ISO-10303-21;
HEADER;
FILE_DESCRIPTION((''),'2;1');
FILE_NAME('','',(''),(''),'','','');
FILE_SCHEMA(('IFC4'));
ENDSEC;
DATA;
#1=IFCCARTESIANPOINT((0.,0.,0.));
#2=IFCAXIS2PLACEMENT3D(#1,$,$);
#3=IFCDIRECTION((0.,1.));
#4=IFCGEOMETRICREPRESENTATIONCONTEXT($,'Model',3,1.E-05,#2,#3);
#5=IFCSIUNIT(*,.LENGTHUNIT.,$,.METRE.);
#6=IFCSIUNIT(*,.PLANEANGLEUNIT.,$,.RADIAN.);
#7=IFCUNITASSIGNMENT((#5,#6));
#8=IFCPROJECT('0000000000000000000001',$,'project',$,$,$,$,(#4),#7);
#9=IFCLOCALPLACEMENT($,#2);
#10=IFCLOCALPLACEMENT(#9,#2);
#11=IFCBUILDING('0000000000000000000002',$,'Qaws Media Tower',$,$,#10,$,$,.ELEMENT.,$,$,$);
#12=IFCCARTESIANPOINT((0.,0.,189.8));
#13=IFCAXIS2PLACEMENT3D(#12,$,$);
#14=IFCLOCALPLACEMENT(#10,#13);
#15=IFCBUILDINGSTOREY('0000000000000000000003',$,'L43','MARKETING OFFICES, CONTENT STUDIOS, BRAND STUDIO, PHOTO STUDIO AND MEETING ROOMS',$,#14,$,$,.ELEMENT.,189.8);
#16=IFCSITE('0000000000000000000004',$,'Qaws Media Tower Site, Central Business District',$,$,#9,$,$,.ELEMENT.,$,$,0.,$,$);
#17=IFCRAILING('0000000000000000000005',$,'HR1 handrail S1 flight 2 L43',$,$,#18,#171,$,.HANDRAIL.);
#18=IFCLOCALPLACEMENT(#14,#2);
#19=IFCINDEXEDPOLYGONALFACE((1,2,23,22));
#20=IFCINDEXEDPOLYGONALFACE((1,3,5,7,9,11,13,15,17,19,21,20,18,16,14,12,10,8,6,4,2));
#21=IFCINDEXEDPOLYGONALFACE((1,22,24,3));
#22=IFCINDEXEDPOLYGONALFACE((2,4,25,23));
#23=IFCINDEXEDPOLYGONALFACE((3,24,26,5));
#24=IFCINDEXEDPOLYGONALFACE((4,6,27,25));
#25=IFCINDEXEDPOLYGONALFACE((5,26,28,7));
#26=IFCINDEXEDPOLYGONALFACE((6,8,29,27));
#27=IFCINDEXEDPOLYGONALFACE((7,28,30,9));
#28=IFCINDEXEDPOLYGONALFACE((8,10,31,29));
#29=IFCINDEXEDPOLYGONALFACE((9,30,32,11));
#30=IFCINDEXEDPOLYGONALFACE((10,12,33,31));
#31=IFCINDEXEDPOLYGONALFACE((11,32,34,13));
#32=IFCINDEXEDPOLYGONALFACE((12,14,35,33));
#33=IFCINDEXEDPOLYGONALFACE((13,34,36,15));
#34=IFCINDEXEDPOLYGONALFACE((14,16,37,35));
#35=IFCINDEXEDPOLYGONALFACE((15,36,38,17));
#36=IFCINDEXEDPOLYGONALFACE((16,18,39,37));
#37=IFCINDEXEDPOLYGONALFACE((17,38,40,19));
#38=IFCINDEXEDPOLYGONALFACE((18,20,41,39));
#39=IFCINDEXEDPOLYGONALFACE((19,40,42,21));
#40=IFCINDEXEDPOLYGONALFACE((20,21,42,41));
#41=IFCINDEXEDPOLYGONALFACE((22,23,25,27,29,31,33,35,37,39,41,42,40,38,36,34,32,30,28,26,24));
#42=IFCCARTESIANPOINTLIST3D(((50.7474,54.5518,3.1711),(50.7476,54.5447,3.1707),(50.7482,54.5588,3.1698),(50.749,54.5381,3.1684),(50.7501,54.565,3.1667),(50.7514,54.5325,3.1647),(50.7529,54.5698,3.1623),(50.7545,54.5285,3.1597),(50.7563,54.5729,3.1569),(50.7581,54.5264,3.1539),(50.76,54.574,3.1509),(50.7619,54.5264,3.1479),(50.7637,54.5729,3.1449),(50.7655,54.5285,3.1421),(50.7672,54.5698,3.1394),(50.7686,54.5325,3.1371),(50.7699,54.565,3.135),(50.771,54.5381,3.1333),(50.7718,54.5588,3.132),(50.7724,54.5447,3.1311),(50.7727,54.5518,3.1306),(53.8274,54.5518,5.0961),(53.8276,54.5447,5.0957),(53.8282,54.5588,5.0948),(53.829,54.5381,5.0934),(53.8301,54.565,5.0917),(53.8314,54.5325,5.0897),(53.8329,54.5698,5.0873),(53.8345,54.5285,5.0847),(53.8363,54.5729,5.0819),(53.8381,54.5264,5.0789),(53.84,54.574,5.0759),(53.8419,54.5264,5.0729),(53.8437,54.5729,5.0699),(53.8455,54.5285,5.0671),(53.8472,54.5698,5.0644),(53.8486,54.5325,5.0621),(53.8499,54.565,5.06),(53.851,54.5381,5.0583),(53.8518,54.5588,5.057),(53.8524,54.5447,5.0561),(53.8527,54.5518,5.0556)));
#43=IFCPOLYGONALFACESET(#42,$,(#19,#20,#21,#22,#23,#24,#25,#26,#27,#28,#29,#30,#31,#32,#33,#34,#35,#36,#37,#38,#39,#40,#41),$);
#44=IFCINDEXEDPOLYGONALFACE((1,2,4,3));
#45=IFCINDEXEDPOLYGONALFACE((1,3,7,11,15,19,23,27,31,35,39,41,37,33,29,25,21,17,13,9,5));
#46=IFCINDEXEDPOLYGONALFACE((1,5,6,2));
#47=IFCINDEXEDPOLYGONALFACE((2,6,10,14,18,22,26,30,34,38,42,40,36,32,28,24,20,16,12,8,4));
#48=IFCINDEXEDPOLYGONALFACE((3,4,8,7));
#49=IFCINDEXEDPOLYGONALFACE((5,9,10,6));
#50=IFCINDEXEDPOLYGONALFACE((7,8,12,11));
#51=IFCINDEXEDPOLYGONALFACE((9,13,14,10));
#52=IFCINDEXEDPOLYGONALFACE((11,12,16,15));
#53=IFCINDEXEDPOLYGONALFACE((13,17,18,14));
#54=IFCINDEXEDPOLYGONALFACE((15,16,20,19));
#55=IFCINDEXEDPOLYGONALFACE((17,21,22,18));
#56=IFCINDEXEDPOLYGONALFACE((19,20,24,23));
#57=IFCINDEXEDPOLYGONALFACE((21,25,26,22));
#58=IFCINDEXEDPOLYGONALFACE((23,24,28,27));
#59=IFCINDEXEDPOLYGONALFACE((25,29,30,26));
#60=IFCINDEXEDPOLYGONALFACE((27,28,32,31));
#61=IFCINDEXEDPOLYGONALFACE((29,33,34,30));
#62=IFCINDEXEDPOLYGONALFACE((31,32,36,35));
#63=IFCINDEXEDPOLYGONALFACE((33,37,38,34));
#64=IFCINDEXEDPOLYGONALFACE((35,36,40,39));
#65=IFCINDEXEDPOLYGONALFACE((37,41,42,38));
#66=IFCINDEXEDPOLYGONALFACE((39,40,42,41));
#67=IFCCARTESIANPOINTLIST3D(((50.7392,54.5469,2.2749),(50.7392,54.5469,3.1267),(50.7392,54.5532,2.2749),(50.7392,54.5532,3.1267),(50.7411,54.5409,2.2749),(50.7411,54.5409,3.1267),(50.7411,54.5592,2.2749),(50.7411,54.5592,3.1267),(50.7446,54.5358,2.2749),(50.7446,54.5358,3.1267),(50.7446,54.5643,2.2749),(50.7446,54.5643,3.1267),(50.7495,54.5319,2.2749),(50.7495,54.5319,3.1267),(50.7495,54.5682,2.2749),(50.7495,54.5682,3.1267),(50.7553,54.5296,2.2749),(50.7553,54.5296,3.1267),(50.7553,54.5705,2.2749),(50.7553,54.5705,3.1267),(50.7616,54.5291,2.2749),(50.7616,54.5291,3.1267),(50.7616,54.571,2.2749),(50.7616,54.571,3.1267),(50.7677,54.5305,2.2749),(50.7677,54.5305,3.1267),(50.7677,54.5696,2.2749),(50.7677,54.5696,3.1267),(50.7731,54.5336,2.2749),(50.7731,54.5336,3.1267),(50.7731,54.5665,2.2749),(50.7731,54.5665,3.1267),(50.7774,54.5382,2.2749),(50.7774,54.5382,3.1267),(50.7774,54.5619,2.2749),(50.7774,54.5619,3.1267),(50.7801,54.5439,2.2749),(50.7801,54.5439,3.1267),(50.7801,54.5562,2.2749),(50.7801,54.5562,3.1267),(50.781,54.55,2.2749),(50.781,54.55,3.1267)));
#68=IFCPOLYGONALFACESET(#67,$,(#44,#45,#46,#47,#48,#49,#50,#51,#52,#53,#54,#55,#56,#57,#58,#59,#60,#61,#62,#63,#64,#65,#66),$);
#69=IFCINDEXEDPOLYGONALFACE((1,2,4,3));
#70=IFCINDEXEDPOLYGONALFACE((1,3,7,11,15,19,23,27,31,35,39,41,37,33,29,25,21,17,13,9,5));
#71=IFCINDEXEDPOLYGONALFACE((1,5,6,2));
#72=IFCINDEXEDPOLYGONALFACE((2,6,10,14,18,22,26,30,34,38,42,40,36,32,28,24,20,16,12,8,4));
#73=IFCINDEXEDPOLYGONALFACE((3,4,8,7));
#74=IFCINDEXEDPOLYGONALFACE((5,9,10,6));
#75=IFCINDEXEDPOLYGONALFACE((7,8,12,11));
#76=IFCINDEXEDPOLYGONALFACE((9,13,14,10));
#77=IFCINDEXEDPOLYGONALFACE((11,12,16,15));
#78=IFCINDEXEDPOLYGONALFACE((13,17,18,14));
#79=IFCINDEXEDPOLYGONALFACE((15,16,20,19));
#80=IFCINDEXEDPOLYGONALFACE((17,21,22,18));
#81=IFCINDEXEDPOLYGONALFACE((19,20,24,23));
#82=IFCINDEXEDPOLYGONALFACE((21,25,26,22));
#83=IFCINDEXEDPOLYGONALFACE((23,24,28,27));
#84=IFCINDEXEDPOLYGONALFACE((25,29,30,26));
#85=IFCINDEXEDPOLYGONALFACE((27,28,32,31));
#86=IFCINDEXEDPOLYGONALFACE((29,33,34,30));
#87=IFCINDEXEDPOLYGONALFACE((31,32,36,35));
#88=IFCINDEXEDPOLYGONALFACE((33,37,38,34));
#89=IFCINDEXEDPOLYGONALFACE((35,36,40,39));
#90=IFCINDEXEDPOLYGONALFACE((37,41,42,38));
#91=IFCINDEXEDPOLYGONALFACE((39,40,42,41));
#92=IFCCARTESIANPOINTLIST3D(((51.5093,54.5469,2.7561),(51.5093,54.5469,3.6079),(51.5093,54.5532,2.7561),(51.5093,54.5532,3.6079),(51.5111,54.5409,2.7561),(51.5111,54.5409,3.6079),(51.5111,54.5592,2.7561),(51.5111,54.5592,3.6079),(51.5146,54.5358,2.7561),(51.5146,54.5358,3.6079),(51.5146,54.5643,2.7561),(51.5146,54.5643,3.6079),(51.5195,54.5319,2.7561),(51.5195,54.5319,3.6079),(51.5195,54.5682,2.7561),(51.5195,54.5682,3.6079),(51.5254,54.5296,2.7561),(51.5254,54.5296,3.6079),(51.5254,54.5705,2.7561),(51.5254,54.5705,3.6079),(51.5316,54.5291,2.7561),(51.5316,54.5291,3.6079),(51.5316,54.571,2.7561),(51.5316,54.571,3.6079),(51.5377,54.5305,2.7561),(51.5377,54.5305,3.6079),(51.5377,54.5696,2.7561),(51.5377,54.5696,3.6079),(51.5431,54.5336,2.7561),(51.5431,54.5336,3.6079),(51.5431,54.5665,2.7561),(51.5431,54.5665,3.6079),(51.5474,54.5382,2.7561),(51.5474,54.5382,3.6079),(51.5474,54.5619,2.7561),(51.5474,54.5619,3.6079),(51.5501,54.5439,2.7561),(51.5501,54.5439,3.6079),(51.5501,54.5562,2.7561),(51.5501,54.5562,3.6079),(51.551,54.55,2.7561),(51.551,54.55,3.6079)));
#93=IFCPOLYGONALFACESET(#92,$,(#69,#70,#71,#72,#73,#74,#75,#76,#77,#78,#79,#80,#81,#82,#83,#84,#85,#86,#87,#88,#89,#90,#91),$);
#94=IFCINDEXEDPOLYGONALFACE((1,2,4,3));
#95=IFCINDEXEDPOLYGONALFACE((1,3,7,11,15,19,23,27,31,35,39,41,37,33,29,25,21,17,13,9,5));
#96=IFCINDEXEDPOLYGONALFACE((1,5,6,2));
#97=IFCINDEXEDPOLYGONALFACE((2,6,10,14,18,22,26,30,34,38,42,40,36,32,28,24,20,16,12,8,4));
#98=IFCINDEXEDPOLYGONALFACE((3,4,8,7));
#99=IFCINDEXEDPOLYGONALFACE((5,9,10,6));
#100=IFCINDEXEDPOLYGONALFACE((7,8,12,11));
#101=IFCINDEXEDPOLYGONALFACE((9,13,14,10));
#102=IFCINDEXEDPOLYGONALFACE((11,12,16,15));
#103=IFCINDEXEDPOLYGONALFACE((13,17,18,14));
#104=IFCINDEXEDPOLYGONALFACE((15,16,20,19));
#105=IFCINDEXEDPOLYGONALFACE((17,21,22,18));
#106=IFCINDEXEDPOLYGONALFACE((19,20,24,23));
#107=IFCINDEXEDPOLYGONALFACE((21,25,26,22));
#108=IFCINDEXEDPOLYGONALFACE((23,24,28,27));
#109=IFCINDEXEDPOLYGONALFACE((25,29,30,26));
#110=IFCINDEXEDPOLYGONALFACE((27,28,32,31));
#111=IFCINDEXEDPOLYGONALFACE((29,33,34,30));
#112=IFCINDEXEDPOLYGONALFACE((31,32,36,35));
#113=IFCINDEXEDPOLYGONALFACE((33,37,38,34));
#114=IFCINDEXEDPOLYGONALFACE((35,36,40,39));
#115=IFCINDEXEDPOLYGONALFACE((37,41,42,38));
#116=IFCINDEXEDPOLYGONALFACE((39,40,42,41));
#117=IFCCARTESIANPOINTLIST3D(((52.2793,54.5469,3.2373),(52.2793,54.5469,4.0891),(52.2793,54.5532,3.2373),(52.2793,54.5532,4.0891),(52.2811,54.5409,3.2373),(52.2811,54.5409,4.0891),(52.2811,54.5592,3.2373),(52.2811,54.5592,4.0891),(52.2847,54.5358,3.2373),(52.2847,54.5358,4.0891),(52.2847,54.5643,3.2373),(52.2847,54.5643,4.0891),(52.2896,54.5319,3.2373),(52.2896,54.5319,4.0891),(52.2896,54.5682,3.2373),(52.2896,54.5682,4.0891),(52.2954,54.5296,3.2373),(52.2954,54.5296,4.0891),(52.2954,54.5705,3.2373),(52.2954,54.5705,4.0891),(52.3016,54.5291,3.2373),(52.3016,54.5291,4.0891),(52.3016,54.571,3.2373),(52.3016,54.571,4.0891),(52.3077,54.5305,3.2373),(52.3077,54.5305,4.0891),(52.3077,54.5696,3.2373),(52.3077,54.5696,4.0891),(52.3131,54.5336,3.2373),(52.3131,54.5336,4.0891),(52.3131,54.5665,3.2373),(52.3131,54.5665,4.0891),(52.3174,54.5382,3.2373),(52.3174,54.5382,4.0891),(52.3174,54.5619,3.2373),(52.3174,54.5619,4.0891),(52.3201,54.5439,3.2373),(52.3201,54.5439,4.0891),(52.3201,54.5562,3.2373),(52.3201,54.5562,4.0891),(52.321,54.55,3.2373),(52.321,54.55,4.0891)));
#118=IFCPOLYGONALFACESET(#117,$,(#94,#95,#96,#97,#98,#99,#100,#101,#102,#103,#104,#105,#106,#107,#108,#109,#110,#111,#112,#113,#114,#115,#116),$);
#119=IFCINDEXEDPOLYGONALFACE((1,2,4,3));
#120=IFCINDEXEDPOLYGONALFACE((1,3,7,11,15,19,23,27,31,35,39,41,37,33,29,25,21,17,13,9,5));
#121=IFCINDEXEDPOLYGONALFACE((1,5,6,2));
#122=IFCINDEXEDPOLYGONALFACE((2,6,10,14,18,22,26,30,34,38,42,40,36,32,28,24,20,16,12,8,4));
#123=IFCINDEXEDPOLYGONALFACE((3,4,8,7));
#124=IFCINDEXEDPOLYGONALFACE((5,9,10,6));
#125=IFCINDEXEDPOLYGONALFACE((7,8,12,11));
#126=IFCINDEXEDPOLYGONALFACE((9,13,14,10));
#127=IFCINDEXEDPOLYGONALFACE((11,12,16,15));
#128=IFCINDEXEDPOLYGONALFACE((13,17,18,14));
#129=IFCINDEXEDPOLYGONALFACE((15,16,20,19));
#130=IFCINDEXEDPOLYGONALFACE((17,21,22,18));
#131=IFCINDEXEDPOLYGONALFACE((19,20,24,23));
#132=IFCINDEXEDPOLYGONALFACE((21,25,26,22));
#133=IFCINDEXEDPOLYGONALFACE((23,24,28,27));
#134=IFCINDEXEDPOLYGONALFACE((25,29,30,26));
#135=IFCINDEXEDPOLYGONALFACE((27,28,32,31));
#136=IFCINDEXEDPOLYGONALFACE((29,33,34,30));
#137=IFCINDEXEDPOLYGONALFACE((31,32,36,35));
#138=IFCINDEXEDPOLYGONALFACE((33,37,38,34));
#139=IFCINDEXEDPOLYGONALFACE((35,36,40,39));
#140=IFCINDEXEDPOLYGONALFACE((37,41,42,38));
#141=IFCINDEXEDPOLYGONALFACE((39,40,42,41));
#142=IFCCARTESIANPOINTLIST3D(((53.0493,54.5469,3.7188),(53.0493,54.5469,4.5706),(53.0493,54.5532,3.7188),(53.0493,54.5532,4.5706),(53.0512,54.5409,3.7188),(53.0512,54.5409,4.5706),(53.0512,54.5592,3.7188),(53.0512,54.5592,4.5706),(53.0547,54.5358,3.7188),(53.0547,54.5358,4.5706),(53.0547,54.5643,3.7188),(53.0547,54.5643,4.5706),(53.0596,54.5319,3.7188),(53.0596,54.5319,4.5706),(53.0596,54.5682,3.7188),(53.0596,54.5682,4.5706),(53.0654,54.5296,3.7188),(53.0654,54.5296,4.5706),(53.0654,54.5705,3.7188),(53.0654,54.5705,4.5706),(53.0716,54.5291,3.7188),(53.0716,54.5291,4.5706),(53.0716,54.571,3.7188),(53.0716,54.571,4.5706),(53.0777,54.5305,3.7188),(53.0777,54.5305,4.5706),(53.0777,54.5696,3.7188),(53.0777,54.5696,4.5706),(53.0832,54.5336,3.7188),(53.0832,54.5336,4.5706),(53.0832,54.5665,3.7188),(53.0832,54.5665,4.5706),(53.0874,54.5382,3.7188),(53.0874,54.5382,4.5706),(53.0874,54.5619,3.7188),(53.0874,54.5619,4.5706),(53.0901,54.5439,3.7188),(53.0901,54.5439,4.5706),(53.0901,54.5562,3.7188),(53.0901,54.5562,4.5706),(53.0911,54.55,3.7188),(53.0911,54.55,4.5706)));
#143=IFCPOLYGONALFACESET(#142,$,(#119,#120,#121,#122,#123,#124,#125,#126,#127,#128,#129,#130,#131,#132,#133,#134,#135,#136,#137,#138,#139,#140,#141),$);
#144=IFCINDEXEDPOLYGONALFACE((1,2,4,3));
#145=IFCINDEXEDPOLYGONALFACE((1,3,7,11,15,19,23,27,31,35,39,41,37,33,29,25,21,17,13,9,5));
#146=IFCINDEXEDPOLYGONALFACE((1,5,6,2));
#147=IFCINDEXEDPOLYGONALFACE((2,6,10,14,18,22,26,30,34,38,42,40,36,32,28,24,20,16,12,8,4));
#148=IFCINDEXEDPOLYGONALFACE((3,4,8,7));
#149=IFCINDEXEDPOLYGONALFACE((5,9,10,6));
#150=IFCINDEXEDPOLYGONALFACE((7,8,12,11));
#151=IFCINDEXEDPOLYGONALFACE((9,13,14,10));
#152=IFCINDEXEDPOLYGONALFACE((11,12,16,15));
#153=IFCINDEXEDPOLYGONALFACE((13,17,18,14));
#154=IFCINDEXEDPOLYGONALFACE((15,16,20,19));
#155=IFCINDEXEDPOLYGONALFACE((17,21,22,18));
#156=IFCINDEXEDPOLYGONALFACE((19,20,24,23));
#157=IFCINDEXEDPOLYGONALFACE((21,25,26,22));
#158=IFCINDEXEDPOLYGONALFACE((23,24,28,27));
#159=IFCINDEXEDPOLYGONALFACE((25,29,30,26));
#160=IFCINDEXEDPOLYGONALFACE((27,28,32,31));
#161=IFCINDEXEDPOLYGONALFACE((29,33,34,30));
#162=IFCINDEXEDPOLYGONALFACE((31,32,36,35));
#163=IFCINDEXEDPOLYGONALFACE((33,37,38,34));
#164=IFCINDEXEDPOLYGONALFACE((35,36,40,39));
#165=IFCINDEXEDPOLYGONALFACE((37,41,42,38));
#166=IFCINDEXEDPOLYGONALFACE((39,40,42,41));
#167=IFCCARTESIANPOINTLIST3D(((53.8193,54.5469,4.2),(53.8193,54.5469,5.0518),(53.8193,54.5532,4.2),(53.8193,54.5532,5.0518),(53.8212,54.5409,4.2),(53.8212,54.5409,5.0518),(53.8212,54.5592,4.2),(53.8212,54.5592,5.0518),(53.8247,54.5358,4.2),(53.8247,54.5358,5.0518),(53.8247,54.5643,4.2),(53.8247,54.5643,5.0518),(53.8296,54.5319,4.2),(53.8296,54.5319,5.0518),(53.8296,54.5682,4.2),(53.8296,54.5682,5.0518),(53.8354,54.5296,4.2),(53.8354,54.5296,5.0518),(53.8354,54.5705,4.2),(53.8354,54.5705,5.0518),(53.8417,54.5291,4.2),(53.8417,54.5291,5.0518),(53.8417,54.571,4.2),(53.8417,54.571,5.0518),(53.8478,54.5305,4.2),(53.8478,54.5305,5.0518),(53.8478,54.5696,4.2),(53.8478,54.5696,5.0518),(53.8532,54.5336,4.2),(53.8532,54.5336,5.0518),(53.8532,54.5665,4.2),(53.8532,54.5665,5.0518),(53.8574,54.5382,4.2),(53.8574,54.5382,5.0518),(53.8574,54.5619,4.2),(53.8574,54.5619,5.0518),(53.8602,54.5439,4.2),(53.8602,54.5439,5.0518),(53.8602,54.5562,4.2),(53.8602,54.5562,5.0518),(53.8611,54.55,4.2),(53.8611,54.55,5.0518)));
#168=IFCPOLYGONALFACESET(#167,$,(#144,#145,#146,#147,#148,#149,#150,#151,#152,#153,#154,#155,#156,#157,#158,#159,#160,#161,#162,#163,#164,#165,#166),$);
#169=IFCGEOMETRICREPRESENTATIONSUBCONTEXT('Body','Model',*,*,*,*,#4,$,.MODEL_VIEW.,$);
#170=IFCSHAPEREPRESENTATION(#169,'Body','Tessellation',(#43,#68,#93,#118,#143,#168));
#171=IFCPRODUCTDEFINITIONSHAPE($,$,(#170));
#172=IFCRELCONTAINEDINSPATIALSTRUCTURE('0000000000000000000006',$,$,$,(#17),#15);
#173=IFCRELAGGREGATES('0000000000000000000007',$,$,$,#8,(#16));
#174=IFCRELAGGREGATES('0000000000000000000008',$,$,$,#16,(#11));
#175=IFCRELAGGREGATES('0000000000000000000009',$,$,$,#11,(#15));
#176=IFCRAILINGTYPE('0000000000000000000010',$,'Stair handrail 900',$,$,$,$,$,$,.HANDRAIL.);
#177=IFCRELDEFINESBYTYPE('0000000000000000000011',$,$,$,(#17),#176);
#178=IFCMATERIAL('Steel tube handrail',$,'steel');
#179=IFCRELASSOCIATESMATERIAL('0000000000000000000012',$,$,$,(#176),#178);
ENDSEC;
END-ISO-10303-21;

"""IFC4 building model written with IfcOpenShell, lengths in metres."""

from ifc_helpers import new_model, si_unit, direction, frame, origin, origin_2d, place, context, subcontext, project, spatial, circle, extrude, material, type_object, element, save


model = new_model("IFC4")

# Units and contexts
model_context = context("Model", 3, precision=1e-05, world=origin(), true_north=direction((0.0, 1.0)))
body_context = subcontext(model_context, "Body", "Model", "MODEL_VIEW")
ifc_project = project(units=[si_unit("LENGTHUNIT", "METRE"), si_unit("PLANEANGLEUNIT", "RADIAN")], contexts=[model_context])

# Site, building, storey
site_placement = place(None, origin())
site = spatial("IfcSite", under=ifc_project, at=site_placement, Name="Qaws Media Tower Site, Central Business District", CompositionType="ELEMENT", RefElevation=0.0)
building_placement = place(site_placement, origin())
building = spatial("IfcBuilding", under=site, at=building_placement, Name="Qaws Media Tower", CompositionType="ELEMENT")
storey_placement = place(building_placement, frame((0.0, 0.0, 189.8)))
storey = spatial("IfcBuildingStorey", under=building, at=storey_placement, Name="L43", Description="MARKETING OFFICES, CONTENT STUDIOS, BRAND STUDIO, PHOTO STUDIO AND MEETING ROOMS", CompositionType="ELEMENT", Elevation=189.8)

# Railing
ifc_material_1 = material(Name="Steel tube handrail", Category="steel")
railing_type = type_object("IfcRailingType", Name="Stair handrail 900", PredefinedType="HANDRAIL", material=ifc_material_1)
for number, where, name in (
    (1, (50.76, 54.55, 2.2749), "HR1 handrail S1 flight 2 L43"),
):
    element("IfcRailing", number, at=place(storey_placement, frame(where)), inside=storey, type_object=railing_type, Name=name, PredefinedType="HANDRAIL", context=body_context, shape_type="SweptSolid", body=[
        extrude(circle(Radius=0.0239, at=origin_2d()), frame((0.0, 0.0, 0.876), z_axis=(0.847998, 0.0, 0.529999), x_axis=(0.0, 1.0, 0.0)), (0.0, 0.0, 1.0), 3.6321),
        extrude(circle(Radius=0.021, at=origin_2d()), origin(), (0.0, 0.0, 1.0), 0.8518),
        extrude(circle(Radius=0.021, at=origin_2d()), frame((0.77, 0.0, 0.4812)), (0.0, 0.0, 1.0), 0.8518),
        extrude(circle(Radius=0.021, at=origin_2d()), frame((1.54, 0.0, 0.9624)), (0.0, 0.0, 1.0), 0.8518),
        extrude(circle(Radius=0.021, at=origin_2d()), frame((2.3101, 0.0, 1.4438)), (0.0, 0.0, 1.0), 0.8518),
        extrude(circle(Radius=0.021, at=origin_2d()), frame((3.0801, 0.0, 1.925)), (0.0, 0.0, 1.0), 0.8518),
    ])

save(model, "model.ifc")
